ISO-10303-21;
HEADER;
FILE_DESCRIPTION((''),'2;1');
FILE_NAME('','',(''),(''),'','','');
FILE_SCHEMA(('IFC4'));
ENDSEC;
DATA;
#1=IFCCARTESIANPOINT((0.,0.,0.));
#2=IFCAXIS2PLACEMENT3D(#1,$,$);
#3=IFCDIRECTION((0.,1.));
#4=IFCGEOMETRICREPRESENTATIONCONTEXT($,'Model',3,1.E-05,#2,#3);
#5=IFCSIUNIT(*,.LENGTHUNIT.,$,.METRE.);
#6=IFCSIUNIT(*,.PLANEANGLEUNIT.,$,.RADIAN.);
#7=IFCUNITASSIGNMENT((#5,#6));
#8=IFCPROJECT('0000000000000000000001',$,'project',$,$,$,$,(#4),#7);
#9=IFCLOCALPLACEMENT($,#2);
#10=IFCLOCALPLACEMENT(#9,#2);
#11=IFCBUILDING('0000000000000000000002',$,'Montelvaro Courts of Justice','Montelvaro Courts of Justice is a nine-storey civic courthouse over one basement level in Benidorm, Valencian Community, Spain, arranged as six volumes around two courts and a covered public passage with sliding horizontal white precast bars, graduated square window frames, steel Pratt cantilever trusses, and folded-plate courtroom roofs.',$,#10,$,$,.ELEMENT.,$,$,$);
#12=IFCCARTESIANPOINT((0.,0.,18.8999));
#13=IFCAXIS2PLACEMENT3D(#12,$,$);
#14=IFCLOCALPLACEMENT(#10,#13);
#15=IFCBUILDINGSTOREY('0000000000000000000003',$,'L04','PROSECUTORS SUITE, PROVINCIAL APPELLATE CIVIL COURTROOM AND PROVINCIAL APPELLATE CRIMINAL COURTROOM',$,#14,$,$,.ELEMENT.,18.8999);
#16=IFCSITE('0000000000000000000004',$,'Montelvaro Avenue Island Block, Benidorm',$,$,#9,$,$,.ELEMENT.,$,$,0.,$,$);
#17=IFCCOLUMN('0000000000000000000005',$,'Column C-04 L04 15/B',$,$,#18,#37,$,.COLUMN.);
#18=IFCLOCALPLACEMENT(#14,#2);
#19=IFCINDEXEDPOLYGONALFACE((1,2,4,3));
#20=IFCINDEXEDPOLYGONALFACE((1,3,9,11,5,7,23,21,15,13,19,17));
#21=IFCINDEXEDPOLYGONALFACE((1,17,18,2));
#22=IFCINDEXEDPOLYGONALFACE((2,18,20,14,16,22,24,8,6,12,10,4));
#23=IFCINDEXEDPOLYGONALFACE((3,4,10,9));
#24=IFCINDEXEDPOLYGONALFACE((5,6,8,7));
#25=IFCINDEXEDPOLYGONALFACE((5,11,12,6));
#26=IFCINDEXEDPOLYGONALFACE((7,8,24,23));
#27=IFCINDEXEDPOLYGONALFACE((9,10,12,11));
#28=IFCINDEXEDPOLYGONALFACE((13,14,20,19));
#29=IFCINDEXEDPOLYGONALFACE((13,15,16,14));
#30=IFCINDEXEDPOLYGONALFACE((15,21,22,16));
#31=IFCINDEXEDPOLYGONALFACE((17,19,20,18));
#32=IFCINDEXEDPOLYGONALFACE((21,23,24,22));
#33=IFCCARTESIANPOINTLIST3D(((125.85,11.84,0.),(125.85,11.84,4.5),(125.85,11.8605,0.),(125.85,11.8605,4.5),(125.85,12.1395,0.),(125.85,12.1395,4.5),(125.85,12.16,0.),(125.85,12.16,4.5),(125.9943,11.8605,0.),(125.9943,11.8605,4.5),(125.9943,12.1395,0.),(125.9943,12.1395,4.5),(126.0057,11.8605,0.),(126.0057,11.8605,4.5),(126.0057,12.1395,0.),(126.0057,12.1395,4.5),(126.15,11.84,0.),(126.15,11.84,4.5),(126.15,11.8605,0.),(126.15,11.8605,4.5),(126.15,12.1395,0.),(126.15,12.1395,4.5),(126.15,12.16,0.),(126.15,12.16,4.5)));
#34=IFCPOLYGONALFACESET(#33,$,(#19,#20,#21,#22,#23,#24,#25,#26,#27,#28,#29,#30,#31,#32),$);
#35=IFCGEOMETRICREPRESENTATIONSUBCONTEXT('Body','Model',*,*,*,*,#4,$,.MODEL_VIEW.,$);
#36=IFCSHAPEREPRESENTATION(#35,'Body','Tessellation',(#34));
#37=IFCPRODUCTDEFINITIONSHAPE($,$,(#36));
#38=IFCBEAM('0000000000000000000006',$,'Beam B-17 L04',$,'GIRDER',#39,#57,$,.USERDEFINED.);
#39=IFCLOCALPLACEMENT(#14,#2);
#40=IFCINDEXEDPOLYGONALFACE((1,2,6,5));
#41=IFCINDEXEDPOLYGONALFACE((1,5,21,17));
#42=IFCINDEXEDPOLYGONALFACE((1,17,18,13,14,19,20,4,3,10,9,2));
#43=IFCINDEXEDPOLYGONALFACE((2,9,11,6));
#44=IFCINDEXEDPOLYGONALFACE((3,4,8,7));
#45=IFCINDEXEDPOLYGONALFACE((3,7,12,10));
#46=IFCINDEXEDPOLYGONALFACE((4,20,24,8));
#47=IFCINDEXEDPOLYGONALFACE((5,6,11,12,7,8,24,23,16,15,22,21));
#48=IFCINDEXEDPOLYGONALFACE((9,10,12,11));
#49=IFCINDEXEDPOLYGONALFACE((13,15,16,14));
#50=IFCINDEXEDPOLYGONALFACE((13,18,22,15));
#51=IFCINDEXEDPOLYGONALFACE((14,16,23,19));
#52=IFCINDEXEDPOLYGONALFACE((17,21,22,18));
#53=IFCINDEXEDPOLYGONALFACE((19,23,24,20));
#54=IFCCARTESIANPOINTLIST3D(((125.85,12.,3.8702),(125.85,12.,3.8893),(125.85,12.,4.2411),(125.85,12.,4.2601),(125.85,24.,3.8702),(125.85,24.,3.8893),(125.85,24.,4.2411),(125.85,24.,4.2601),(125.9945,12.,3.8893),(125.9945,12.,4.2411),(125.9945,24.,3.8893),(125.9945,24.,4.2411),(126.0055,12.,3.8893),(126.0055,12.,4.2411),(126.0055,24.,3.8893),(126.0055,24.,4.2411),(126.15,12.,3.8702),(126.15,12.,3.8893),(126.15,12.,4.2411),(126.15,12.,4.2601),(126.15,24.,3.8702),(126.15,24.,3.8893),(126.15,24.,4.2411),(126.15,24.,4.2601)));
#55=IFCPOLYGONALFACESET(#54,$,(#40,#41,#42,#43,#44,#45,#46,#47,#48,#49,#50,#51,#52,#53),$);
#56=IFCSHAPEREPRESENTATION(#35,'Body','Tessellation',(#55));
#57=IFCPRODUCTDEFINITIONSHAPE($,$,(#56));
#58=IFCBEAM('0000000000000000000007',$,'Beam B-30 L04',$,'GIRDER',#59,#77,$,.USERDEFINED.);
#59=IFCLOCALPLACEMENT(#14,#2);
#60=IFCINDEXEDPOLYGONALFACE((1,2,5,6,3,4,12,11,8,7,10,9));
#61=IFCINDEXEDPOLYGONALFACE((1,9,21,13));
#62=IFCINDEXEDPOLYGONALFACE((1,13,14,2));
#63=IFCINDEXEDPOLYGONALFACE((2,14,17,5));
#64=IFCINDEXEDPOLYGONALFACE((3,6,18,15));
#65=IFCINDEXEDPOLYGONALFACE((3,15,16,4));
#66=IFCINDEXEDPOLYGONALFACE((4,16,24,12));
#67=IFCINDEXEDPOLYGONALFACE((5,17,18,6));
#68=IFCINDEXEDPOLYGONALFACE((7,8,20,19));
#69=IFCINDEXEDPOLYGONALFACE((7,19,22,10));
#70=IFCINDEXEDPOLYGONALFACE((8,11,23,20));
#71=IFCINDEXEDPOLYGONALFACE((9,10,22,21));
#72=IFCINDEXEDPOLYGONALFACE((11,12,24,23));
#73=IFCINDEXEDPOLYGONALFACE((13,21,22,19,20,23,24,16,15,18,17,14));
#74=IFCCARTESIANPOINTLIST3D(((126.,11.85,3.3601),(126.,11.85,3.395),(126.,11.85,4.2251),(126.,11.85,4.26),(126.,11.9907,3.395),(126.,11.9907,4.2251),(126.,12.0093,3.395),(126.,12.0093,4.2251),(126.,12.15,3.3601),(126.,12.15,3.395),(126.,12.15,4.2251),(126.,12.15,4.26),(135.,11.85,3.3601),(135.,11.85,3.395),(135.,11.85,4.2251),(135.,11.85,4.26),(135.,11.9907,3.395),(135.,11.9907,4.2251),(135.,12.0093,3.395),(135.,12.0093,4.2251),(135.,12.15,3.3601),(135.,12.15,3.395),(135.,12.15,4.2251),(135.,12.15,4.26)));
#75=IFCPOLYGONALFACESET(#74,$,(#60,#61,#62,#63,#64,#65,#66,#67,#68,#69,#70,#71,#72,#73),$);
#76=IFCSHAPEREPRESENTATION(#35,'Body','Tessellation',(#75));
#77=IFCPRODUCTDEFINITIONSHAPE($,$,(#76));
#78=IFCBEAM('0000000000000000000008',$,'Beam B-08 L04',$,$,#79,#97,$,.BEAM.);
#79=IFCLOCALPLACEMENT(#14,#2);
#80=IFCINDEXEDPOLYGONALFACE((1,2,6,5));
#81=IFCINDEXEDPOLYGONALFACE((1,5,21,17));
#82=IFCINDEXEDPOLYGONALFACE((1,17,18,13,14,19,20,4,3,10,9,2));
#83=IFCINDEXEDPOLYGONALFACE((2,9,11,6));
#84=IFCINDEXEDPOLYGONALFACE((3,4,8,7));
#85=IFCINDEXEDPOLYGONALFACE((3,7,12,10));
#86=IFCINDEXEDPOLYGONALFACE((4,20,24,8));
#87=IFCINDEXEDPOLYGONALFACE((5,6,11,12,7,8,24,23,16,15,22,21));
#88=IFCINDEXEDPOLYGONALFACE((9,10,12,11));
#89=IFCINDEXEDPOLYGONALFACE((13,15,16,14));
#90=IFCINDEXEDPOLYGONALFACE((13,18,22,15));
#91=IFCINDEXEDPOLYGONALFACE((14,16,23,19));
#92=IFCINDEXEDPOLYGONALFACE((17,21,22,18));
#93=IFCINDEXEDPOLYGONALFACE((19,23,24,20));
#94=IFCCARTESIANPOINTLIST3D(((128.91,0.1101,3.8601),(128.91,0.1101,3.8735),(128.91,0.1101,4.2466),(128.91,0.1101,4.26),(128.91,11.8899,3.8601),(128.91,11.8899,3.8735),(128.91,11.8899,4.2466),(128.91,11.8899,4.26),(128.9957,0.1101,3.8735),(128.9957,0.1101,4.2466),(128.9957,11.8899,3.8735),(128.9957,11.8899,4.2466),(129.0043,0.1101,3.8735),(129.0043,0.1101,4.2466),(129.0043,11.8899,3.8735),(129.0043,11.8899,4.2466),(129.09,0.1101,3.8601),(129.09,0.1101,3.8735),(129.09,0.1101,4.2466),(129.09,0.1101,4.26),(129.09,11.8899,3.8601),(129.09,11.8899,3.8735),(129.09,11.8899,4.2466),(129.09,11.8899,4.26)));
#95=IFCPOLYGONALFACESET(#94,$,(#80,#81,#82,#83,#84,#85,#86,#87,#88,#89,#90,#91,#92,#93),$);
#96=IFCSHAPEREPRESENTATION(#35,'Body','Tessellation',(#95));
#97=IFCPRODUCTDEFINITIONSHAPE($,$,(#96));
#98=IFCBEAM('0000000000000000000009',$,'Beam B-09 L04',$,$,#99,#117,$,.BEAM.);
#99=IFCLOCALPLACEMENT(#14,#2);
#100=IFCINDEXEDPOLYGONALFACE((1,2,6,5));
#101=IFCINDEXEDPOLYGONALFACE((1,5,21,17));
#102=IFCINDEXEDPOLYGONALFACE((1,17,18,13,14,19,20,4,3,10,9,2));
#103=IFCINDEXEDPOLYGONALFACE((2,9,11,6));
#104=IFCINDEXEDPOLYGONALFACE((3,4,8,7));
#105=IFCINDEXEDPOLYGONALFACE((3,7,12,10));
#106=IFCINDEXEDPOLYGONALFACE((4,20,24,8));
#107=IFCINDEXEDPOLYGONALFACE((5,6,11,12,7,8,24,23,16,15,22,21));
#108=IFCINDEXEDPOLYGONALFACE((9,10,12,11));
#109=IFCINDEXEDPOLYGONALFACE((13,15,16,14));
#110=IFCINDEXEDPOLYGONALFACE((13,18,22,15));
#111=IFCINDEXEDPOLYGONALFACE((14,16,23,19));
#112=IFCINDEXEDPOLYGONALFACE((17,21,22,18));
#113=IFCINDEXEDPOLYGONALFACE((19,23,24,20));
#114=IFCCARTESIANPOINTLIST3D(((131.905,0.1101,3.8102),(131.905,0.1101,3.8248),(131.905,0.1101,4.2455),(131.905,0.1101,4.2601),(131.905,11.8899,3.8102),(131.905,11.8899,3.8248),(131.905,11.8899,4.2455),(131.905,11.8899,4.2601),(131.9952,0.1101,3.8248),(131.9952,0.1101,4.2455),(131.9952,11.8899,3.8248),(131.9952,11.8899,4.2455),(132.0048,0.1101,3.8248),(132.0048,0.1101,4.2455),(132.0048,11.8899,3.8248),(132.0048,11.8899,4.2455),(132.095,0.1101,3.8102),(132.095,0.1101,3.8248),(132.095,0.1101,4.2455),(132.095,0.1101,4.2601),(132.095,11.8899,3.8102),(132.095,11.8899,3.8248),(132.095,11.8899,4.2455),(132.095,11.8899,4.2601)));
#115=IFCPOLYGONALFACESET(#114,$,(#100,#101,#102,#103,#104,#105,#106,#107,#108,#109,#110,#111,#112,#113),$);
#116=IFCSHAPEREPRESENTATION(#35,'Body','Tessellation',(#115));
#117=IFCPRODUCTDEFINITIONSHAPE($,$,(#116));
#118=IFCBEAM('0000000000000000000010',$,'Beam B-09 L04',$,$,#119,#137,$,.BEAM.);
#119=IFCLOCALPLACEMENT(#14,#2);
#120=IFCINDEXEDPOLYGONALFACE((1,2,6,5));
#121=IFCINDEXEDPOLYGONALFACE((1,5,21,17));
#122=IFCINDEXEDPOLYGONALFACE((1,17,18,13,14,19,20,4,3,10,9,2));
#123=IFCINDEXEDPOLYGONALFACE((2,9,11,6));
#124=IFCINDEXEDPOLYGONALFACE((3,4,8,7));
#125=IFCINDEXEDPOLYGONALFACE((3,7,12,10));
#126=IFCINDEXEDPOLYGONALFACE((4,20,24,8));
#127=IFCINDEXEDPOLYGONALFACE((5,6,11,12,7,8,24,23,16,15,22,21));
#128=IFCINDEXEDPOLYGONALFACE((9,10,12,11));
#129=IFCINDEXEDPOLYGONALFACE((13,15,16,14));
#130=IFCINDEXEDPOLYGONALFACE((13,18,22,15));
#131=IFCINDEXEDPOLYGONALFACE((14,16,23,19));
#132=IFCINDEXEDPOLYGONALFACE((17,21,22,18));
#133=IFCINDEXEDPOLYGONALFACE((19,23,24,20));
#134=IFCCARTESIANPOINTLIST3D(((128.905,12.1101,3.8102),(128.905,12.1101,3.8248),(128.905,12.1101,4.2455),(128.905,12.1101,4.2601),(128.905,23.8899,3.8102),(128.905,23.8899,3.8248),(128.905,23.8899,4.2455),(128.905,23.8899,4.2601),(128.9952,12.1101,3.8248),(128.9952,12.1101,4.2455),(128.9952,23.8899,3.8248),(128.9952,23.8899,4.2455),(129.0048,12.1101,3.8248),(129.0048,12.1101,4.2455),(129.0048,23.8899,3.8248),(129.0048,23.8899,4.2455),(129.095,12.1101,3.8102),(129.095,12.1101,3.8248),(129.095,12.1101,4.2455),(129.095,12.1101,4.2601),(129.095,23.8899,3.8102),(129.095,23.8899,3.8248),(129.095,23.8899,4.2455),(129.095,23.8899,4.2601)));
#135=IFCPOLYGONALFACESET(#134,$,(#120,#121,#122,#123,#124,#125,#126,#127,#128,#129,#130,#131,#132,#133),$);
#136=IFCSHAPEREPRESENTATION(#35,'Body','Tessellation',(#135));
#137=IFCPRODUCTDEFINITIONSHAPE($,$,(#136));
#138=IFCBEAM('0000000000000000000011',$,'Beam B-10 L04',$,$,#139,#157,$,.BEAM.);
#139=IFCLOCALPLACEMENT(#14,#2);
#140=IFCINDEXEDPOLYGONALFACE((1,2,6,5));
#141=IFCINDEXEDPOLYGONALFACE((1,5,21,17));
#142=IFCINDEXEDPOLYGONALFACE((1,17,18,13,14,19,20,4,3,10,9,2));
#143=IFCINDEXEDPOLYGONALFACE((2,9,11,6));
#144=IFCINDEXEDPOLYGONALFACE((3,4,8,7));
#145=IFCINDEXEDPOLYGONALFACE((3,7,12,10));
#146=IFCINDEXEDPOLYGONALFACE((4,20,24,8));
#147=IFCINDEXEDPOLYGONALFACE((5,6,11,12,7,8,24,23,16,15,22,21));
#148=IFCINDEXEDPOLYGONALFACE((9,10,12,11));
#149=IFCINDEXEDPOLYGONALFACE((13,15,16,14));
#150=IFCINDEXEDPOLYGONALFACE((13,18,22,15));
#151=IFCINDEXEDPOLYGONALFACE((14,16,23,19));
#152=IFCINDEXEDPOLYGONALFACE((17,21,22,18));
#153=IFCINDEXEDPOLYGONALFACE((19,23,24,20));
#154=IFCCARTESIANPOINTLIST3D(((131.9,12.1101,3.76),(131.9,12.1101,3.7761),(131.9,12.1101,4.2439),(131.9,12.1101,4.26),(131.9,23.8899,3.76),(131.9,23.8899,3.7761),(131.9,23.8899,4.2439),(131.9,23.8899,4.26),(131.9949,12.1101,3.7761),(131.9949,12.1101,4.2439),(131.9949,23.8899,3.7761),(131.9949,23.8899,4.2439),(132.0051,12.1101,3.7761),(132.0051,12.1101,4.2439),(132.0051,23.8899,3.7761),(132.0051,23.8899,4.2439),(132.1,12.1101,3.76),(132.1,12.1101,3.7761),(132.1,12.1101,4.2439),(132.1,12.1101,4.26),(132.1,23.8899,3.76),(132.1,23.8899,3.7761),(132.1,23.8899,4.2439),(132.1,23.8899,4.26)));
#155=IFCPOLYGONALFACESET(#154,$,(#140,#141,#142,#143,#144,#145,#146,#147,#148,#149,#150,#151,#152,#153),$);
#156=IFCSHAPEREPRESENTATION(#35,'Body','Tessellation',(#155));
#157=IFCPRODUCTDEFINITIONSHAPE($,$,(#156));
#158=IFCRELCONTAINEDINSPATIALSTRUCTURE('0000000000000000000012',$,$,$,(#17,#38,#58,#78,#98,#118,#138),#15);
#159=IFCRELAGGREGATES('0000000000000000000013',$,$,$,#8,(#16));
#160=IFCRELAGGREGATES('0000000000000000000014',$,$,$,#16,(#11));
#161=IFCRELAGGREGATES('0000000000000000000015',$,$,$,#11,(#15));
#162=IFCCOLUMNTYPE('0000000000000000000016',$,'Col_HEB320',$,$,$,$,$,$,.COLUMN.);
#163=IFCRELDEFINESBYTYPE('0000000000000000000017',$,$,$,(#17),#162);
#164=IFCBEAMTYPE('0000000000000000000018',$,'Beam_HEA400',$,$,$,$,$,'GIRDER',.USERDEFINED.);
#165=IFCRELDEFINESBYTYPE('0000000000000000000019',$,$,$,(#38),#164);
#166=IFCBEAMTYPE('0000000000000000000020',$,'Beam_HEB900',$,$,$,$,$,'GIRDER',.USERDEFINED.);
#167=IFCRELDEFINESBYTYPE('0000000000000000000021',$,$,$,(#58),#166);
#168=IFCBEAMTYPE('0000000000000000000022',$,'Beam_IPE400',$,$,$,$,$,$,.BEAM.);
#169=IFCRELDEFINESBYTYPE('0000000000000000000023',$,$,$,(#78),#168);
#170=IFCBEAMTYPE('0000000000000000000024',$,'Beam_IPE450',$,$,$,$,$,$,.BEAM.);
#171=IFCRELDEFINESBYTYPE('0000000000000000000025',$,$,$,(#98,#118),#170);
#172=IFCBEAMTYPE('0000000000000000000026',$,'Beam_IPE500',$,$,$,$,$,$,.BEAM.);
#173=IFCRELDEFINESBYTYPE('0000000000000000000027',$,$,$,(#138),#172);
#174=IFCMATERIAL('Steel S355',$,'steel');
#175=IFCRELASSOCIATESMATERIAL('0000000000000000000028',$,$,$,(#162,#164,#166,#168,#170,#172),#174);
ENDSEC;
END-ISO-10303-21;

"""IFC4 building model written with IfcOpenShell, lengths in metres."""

from ifc_helpers import new_model, si_unit, direction, frame, origin, origin_2d, place, context, subcontext, project, spatial, i_section, extrude, material, material_profile, profile_set, type_object, element, save


model = new_model("IFC4")

# Units and contexts
model_context = context("Model", 3, precision=1e-05, world=origin(), true_north=direction((0.0, 1.0)))
body_context = subcontext(model_context, "Body", "Model", "MODEL_VIEW")
ifc_project = project(units=[si_unit("LENGTHUNIT", "METRE"), si_unit("PLANEANGLEUNIT", "RADIAN")], contexts=[model_context])

# Site, building, storey
site_placement = place(None, origin())
site = spatial("IfcSite", under=ifc_project, at=site_placement, Name="Montelvaro Avenue Island Block, Benidorm", CompositionType="ELEMENT", RefElevation=0.0)
building_placement = place(site_placement, origin())
building = spatial("IfcBuilding", under=site, at=building_placement, Name="Montelvaro Courts of Justice", Description="Montelvaro Courts of Justice is a nine-storey civic courthouse over one basement level in Benidorm, Valencian Community, Spain, arranged as six volumes around two courts and a covered public passage with sliding horizontal white precast bars, graduated square window frames, steel Pratt cantilever trusses, and folded-plate courtroom roofs.", CompositionType="ELEMENT")
storey_placement = place(building_placement, frame((0.0, 0.0, 18.8999)))
storey = spatial("IfcBuildingStorey", under=building, at=storey_placement, Name="L04", Description="PROSECUTORS SUITE, PROVINCIAL APPELLATE CIVIL COURTROOM AND PROVINCIAL APPELLATE CRIMINAL COURTROOM", CompositionType="ELEMENT", Elevation=18.8999)

# Column
ifc_material_1 = material(Name="Steel S355", Category="steel")
ifc_material_profile_1 = material_profile(ifc_material_1, i_section(OverallWidth=0.3, OverallDepth=0.3201, WebThickness=0.0115, FlangeThickness=0.0205, at=origin_2d()), Name="HEB 320")
ifc_profile_set_1 = profile_set([ifc_material_profile_1], Name="Steel S355")
column_type = type_object("IfcColumnType", Name="Col_HEB320", PredefinedType="COLUMN", material=ifc_profile_set_1)
column_placement = place(storey_placement, frame((126.0, 12.0, 0.0), z_axis=(0.0, 0.0, 1.0), x_axis=(1.0, 0.0, 0.0)))
element("IfcColumn", 1, at=column_placement, inside=storey, type_object=column_type, Name="Column C-04 L04 15/B", PredefinedType="COLUMN", context=body_context, shape_type="SweptSolid", body=[
    extrude(i_section(OverallWidth=0.3, OverallDepth=0.3201, WebThickness=0.0115, FlangeThickness=0.0205, at=origin_2d()), origin(), (0.0, 0.0, 1.0), 4.5),
])

# Beams
ifc_material_profile_2 = material_profile(ifc_material_1, i_section(OverallWidth=0.3, OverallDepth=0.3899, WebThickness=0.011, FlangeThickness=0.019, at=origin_2d()), Name="HEA 400")
ifc_profile_set_2 = profile_set([ifc_material_profile_2], Name="Steel S355")
beam_type_1 = type_object("IfcBeamType", Name="Beam_HEA400", ElementType="GIRDER", PredefinedType="USERDEFINED", material=ifc_profile_set_2)
beam_1_placement = place(storey_placement, frame((126.0, 12.0, 4.0652), z_axis=(0.0, 1.0, 0.0), x_axis=(-1.0, 0.0, 0.0)))
element("IfcBeam", 2, at=beam_1_placement, inside=storey, type_object=beam_type_1, Name="Beam B-17 L04", ObjectType="GIRDER", PredefinedType="USERDEFINED", context=body_context, shape_type="SweptSolid", body=[
    extrude(i_section(OverallWidth=0.3, OverallDepth=0.3899, WebThickness=0.011, FlangeThickness=0.019, at=origin_2d()), origin(), (0.0, 0.0, 1.0), 12.0),
])
ifc_material_profile_3 = material_profile(ifc_material_1, i_section(OverallWidth=0.3, OverallDepth=0.8999, WebThickness=0.0186, FlangeThickness=0.0349, at=origin_2d()), Name="HEB 900")
ifc_profile_set_3 = profile_set([ifc_material_profile_3], Name="Steel S355")
beam_type_2 = type_object("IfcBeamType", Name="Beam_HEB900", ElementType="GIRDER", PredefinedType="USERDEFINED", material=ifc_profile_set_3)
beam_2_placement = place(storey_placement, frame((126.0, 12.0, 3.8101), z_axis=(1.0, 0.0, 0.0), x_axis=(0.0, 1.0, 0.0)))
element("IfcBeam", 3, at=beam_2_placement, inside=storey, type_object=beam_type_2, Name="Beam B-30 L04", ObjectType="GIRDER", PredefinedType="USERDEFINED", context=body_context, shape_type="SweptSolid", body=[
    extrude(i_section(OverallWidth=0.3, OverallDepth=0.8999, WebThickness=0.0186, FlangeThickness=0.0349, at=origin_2d()), origin(), (0.0, 0.0, 1.0), 9.0),
])
ifc_material_profile_4 = material_profile(ifc_material_1, i_section(OverallWidth=0.1799, OverallDepth=0.3999, WebThickness=0.0085, FlangeThickness=0.0134, at=origin_2d()), Name="IPE 400")
ifc_profile_set_4 = profile_set([ifc_material_profile_4], Name="Steel S355")
beam_type_3 = type_object("IfcBeamType", Name="Beam_IPE400", PredefinedType="BEAM", material=ifc_profile_set_4)
beam_3_placement = place(storey_placement, frame((129.0, 0.1101, 4.0601), z_axis=(0.0, 1.0, 0.0), x_axis=(-1.0, 0.0, 0.0)))
element("IfcBeam", 4, at=beam_3_placement, inside=storey, type_object=beam_type_3, Name="Beam B-08 L04", PredefinedType="BEAM", context=body_context, shape_type="SweptSolid", body=[
    extrude(i_section(OverallWidth=0.1799, OverallDepth=0.3999, WebThickness=0.0085, FlangeThickness=0.0134, at=origin_2d()), origin(), (0.0, 0.0, 1.0), 11.7798),
])
ifc_material_profile_5 = material_profile(ifc_material_1, i_section(OverallWidth=0.1899, OverallDepth=0.45, WebThickness=0.0095, FlangeThickness=0.0146, at=origin_2d()), Name="IPE 450")
ifc_profile_set_5 = profile_set([ifc_material_profile_5], Name="Steel S355")
beam_type_4 = type_object("IfcBeamType", Name="Beam_IPE450", PredefinedType="BEAM", material=ifc_profile_set_5)
for number, where, z_axis, x_axis, name in (
    (5, (132.0, 0.1101, 4.0352), (0.0, 1.0, 0.0), (-1.0, 0.0, 0.0), "Beam B-09 L04"),
    (6, (129.0, 12.1101, 4.0352), (0.0, 1.0, 0.0), (-1.0, 0.0, 0.0), "Beam B-09 L04"),
):
    element("IfcBeam", number, at=place(storey_placement, frame(where, z_axis=z_axis, x_axis=x_axis)), inside=storey, type_object=beam_type_4, Name=name, PredefinedType="BEAM", context=body_context, shape_type="SweptSolid", body=[
        extrude(i_section(OverallWidth=0.1899, OverallDepth=0.45, WebThickness=0.0095, FlangeThickness=0.0146, at=origin_2d()), origin(), (0.0, 0.0, 1.0), 11.7798),
    ])
ifc_material_profile_6 = material_profile(ifc_material_1, i_section(OverallWidth=0.2, OverallDepth=0.5, WebThickness=0.0103, FlangeThickness=0.0161, at=origin_2d()), Name="IPE 500")
ifc_profile_set_6 = profile_set([ifc_material_profile_6], Name="Steel S355")
beam_type_5 = type_object("IfcBeamType", Name="Beam_IPE500", PredefinedType="BEAM", material=ifc_profile_set_6)
beam_4_placement = place(storey_placement, frame((132.0, 12.1101, 4.01), z_axis=(0.0, 1.0, 0.0), x_axis=(-1.0, 0.0, 0.0)))
element("IfcBeam", 7, at=beam_4_placement, inside=storey, type_object=beam_type_5, Name="Beam B-10 L04", PredefinedType="BEAM", context=body_context, shape_type="SweptSolid", body=[
    extrude(i_section(OverallWidth=0.2, OverallDepth=0.5, WebThickness=0.0103, FlangeThickness=0.0161, at=origin_2d()), origin(), (0.0, 0.0, 1.0), 11.7798),
])

save(model, "model.ifc")
